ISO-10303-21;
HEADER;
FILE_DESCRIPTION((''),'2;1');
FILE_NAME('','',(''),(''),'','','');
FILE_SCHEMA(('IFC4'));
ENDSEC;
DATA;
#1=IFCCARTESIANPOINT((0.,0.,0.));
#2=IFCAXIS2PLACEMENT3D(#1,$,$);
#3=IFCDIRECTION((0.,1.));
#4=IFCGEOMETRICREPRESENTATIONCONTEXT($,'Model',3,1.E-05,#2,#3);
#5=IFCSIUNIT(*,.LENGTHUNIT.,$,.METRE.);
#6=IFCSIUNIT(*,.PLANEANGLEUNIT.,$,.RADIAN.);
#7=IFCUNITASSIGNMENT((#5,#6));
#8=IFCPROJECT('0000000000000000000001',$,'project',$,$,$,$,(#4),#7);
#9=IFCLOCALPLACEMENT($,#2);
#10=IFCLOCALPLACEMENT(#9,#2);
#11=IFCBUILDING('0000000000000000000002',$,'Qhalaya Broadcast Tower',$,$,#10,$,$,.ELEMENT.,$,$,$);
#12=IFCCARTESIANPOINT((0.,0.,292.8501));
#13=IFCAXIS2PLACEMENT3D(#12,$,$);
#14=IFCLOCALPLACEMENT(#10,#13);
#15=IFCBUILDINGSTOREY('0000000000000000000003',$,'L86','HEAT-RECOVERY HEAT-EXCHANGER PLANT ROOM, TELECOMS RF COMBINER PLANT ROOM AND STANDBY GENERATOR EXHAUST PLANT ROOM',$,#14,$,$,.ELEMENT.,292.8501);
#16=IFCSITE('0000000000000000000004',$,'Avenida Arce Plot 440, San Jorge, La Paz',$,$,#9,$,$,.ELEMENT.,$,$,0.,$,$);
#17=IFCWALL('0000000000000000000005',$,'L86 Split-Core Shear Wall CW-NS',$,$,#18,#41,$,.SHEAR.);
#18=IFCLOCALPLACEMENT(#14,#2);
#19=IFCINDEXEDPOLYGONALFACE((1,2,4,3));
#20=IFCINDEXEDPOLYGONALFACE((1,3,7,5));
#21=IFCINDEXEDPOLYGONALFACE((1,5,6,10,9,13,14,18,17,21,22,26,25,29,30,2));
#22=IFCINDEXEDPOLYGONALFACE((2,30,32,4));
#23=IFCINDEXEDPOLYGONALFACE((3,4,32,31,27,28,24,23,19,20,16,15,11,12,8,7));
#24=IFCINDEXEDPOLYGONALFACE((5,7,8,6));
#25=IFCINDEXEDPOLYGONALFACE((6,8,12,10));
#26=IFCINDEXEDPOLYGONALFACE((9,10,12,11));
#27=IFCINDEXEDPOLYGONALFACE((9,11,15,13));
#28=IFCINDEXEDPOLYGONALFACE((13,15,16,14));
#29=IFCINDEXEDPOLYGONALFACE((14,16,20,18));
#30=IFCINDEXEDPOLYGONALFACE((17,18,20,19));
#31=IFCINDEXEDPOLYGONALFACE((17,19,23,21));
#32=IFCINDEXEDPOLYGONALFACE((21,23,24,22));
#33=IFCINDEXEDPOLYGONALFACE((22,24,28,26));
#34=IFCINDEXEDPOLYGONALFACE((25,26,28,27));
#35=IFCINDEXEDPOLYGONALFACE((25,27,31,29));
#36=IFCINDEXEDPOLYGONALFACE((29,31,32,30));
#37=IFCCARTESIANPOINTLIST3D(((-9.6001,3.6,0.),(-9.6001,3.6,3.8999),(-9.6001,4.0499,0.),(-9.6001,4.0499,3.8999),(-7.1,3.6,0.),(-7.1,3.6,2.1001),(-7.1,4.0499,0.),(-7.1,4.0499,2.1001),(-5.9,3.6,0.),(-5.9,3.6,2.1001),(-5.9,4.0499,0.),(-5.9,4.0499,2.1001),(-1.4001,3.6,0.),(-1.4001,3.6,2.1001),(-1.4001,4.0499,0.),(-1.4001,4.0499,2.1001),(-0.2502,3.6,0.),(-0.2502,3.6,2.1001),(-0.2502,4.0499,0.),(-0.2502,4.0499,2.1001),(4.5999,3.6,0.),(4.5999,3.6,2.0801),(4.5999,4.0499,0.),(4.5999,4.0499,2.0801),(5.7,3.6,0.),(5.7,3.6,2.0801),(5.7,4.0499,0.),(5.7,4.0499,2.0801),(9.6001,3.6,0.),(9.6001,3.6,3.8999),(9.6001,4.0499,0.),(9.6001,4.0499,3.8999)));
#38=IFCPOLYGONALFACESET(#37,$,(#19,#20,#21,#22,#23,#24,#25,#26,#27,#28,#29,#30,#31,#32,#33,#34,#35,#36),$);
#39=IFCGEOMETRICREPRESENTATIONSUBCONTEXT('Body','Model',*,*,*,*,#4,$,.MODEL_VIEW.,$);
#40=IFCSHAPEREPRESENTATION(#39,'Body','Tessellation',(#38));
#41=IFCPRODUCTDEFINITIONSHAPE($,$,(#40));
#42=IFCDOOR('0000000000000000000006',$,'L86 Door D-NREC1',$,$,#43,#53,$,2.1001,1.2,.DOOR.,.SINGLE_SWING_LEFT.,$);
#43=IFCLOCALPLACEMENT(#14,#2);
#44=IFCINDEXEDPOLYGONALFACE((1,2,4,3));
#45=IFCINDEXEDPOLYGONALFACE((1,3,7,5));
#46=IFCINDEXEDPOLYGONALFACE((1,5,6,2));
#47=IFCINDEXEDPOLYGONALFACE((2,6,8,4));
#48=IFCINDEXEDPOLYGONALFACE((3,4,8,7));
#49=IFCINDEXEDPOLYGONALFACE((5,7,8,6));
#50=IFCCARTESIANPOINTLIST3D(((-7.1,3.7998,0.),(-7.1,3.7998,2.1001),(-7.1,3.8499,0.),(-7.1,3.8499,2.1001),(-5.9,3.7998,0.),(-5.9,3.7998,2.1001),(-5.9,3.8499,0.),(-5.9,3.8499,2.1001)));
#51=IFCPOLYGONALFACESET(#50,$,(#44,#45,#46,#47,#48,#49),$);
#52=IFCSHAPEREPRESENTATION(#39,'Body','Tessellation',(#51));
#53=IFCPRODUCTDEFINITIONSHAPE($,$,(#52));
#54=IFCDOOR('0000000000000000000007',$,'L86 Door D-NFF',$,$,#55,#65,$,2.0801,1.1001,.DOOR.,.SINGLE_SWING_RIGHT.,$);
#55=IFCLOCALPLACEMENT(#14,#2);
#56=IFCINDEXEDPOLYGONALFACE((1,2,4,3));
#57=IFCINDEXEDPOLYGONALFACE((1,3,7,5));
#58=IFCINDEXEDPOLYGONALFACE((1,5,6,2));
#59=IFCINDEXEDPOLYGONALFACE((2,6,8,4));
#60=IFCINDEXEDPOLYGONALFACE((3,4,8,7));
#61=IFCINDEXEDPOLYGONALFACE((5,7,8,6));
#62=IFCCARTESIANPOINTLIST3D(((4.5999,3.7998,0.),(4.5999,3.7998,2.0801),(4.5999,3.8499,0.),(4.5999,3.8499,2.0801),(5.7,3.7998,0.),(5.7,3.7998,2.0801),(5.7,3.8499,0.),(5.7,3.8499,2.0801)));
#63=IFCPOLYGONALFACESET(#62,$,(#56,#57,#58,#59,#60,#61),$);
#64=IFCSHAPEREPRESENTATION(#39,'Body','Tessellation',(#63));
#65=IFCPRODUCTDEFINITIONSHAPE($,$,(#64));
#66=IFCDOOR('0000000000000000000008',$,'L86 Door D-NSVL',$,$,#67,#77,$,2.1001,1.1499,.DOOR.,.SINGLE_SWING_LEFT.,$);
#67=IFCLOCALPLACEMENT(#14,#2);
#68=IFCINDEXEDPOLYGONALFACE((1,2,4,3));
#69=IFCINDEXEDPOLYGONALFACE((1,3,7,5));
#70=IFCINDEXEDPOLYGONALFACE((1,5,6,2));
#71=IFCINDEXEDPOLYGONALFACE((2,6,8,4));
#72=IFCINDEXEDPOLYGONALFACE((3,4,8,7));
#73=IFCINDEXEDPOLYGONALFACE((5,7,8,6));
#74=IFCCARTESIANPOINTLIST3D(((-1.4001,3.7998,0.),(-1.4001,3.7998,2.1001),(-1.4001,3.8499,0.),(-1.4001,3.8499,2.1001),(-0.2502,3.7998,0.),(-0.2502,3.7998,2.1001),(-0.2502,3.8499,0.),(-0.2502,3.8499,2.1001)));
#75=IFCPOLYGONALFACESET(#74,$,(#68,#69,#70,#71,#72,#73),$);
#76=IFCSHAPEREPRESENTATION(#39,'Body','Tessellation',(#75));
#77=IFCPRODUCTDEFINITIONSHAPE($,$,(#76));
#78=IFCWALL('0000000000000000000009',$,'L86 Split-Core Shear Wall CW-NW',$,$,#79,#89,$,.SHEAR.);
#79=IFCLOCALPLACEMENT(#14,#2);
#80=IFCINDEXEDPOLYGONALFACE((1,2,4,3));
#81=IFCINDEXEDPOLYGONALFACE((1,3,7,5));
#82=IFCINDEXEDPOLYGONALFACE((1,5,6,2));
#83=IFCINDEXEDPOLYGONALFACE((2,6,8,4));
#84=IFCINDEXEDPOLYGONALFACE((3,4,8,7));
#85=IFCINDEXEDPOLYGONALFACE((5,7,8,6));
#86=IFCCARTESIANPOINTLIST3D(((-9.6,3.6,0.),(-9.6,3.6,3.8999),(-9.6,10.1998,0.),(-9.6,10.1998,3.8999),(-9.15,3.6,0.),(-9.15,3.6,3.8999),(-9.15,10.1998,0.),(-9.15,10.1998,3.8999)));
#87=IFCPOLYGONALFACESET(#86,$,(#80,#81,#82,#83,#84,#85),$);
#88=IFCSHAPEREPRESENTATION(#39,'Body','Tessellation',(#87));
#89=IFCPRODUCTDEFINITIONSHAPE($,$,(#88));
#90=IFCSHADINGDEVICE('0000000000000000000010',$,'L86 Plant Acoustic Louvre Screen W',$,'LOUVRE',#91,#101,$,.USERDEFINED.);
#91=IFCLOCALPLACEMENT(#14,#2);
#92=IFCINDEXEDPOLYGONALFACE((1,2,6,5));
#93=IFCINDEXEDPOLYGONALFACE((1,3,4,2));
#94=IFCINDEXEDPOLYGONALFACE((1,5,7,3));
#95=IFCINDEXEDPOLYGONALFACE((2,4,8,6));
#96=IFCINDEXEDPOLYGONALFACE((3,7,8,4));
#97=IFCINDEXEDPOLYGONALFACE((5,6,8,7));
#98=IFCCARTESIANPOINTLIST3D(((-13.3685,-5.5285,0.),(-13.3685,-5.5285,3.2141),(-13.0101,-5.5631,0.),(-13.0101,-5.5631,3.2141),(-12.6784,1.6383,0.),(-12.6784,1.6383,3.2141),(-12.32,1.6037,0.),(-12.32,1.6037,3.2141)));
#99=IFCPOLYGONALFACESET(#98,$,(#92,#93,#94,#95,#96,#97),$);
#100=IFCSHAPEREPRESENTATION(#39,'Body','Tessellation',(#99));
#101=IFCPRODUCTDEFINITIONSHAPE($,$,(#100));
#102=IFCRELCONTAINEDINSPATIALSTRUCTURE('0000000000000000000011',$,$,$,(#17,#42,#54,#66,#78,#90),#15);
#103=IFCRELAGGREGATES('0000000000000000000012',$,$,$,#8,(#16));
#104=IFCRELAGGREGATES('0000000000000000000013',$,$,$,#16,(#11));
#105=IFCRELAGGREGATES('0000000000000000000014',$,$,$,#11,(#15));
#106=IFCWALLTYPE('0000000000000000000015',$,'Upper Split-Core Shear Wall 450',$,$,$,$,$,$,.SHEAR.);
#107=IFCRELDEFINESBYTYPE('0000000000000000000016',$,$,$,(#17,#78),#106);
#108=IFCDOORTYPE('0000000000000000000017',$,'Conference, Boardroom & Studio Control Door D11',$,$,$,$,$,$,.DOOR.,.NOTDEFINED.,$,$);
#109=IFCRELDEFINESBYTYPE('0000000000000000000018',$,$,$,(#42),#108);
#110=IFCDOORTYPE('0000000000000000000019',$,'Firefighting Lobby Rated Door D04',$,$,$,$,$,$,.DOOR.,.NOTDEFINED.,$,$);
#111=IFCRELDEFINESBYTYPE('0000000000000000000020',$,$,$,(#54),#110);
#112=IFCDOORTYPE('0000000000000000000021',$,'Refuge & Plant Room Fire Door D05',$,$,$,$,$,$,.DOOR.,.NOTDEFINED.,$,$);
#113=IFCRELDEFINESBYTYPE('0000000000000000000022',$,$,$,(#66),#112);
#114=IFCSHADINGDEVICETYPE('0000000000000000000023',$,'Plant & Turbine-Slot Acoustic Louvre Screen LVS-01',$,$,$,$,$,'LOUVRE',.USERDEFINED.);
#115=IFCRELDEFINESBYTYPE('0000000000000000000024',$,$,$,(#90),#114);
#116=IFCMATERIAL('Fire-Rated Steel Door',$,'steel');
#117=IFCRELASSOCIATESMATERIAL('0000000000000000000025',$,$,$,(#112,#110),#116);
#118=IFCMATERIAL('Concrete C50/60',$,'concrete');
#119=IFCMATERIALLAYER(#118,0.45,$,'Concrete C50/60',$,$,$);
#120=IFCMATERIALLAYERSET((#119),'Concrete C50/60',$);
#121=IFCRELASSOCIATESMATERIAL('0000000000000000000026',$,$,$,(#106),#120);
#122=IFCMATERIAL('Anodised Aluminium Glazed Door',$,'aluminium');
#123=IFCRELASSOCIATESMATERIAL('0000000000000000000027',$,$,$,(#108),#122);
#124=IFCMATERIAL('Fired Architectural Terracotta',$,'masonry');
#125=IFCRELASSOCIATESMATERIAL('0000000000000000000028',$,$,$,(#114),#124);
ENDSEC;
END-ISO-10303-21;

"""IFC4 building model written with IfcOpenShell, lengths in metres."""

from ifc_helpers import new_model, si_unit, direction, frame, frame_2d, origin, origin_2d, place, context, subcontext, project, spatial, rectangle, extrude, material, layer, layer_set, type_object, element, fill, save


model = new_model("IFC4")

# Units and contexts
model_context = context("Model", 3, precision=1e-05, world=origin(), true_north=direction((0.0, 1.0)))
body_context = subcontext(model_context, "Body", "Model", "MODEL_VIEW")
ifc_project = project(units=[si_unit("LENGTHUNIT", "METRE"), si_unit("PLANEANGLEUNIT", "RADIAN")], contexts=[model_context])

# Site, building, storey
site_placement = place(None, origin())
site = spatial("IfcSite", under=ifc_project, at=site_placement, Name="Avenida Arce Plot 440, San Jorge, La Paz", CompositionType="ELEMENT", RefElevation=0.0)
building_placement = place(site_placement, origin())
building = spatial("IfcBuilding", under=site, at=building_placement, Name="Qhalaya Broadcast Tower", CompositionType="ELEMENT")
storey_placement = place(building_placement, frame((0.0, 0.0, 292.8501)))
storey = spatial("IfcBuildingStorey", under=building, at=storey_placement, Name="L86", Description="HEAT-RECOVERY HEAT-EXCHANGER PLANT ROOM, TELECOMS RF COMBINER PLANT ROOM AND STANDBY GENERATOR EXHAUST PLANT ROOM", CompositionType="ELEMENT", Elevation=292.8501)

# Shared definitions
ifc_material_1 = material(Name="Concrete C50/60", Category="concrete")

# Shared definitions
ifc_material_2 = material(Name="Fire-Rated Steel Door", Category="steel")

# Shared definitions
door_type_1 = type_object("IfcDoorType", Name="Refuge & Plant Room Fire Door D05", OperationType="NOTDEFINED", PredefinedType="DOOR", material=ifc_material_2)

# Wall, openings, doors
ifc_layer_1 = layer(ifc_material_1, 0.45, Name="Concrete C50/60")
ifc_layer_set_1 = layer_set([ifc_layer_1], Name="Concrete C50/60")
wall_type_1 = type_object("IfcWallType", Name="Upper Split-Core Shear Wall 450", PredefinedType="SHEAR", material=ifc_layer_set_1)
wall_1_placement = place(storey_placement, frame((-9.6001, 3.825, 0.0), z_axis=(0.0, 0.0, 1.0), x_axis=(1.0, 0.0, 0.0)))
wall_1 = element("IfcWall", 1, at=wall_1_placement, inside=storey, type_object=wall_type_1, Name="L86 Split-Core Shear Wall CW-NS", PredefinedType="SHEAR", context=body_context, shape_type="SweptSolid", body=[
    extrude(rectangle(XDim=19.2002, YDim=0.45, at=frame_2d((9.6001, 0.0))), origin(), (0.0, 0.0, 1.0), 3.8999),
])
opening_1_placement = place(wall_1_placement, frame((14.2, 0.0, 0.0)))
opening_1 = element("IfcOpeningElement", 2, at=opening_1_placement, cuts=wall_1, PredefinedType="OPENING", context=body_context, shape_type="SweptSolid", body=[
    extrude(rectangle(XDim=1.1001, YDim=2.0801, at=frame_2d((0.55, 1.04))), frame((0.0, 0.2371, 0.0), z_axis=(0.0, -1.0, 0.0), x_axis=(1.0, 0.0, 0.0)), (0.0, 0.0, 1.0), 0.4739),
])
opening_2_placement = place(wall_1_placement, frame((8.2, 0.0, 0.0)))
opening_2 = element("IfcOpeningElement", 3, at=opening_2_placement, cuts=wall_1, PredefinedType="OPENING", context=body_context, shape_type="SweptSolid", body=[
    extrude(rectangle(XDim=1.1499, YDim=2.1001, at=frame_2d((0.575, 1.05))), frame((0.0, 0.2371, 0.0), z_axis=(0.0, -1.0, 0.0), x_axis=(1.0, 0.0, 0.0)), (0.0, 0.0, 1.0), 0.4739),
])
opening_3_placement = place(wall_1_placement, frame((2.5, 0.0, 0.0)))
opening_3 = element("IfcOpeningElement", 4, at=opening_3_placement, cuts=wall_1, PredefinedType="OPENING", context=body_context, shape_type="SweptSolid", body=[
    extrude(rectangle(XDim=1.2, YDim=2.1001, at=frame_2d((0.6001, 1.05))), frame((0.0, 0.2371, 0.0), z_axis=(0.0, -1.0, 0.0), x_axis=(1.0, 0.0, 0.0)), (0.0, 0.0, 1.0), 0.4739),
])
ifc_material_3 = material(Name="Anodised Aluminium Glazed Door", Category="aluminium")
door_type_2 = type_object("IfcDoorType", Name="Conference, Boardroom & Studio Control Door D11", OperationType="NOTDEFINED", PredefinedType="DOOR", material=ifc_material_3)
door_1_placement = place(opening_3_placement, origin())
door_1 = element("IfcDoor", 5, at=door_1_placement, inside=storey, type_object=door_type_2, Name="L86 Door D-NREC1", OperationType="SINGLE_SWING_LEFT", OverallHeight=2.1001, OverallWidth=1.2, PredefinedType="DOOR", context=body_context, shape_type="SweptSolid", body=[
    extrude(rectangle(XDim=1.2, YDim=2.1001, at=frame_2d((0.6001, 1.05))), frame((0.0, 0.0249, 0.0), z_axis=(0.0, -1.0, 0.0), x_axis=(1.0, 0.0, 0.0)), (0.0, 0.0, 1.0), 0.05),
])
fill(opening_3, door_1)
door_type_3 = type_object("IfcDoorType", Name="Firefighting Lobby Rated Door D04", OperationType="NOTDEFINED", PredefinedType="DOOR", material=ifc_material_2)
door_2_placement = place(opening_1_placement, origin())
door_2 = element("IfcDoor", 6, at=door_2_placement, inside=storey, type_object=door_type_3, Name="L86 Door D-NFF", OperationType="SINGLE_SWING_RIGHT", OverallHeight=2.0801, OverallWidth=1.1001, PredefinedType="DOOR", context=body_context, shape_type="SweptSolid", body=[
    extrude(rectangle(XDim=1.1001, YDim=2.0801, at=frame_2d((0.55, 1.04))), frame((0.0, 0.0249, 0.0), z_axis=(0.0, -1.0, 0.0), x_axis=(1.0, 0.0, 0.0)), (0.0, 0.0, 1.0), 0.05),
])
fill(opening_1, door_2)
door_3_placement = place(opening_2_placement, origin())
door_3 = element("IfcDoor", 7, at=door_3_placement, inside=storey, type_object=door_type_1, Name="L86 Door D-NSVL", OperationType="SINGLE_SWING_LEFT", OverallHeight=2.1001, OverallWidth=1.1499, PredefinedType="DOOR", context=body_context, shape_type="SweptSolid", body=[
    extrude(rectangle(XDim=1.1499, YDim=2.1001, at=frame_2d((0.575, 1.05))), frame((0.0, 0.0249, 0.0), z_axis=(0.0, -1.0, 0.0), x_axis=(1.0, 0.0, 0.0)), (0.0, 0.0, 1.0), 0.05),
])
fill(opening_2, door_3)

# Wall
wall_2_placement = place(storey_placement, frame((-9.375, 3.6001, 0.0), z_axis=(0.0, 0.0, 1.0), x_axis=(0.0, 1.0, 0.0)))
element("IfcWall", 8, at=wall_2_placement, inside=storey, type_object=wall_type_1, Name="L86 Split-Core Shear Wall CW-NW", PredefinedType="SHEAR", context=body_context, shape_type="SweptSolid", body=[
    extrude(rectangle(XDim=6.5999, YDim=0.45, at=frame_2d((3.2998, 0.0))), origin(), (0.0, 0.0, 1.0), 3.8999),
])

# Shading device
ifc_material_4 = material(Name="Fired Architectural Terracotta", Category="masonry")
shading_device_type = type_object("IfcShadingDeviceType", Name="Plant & Turbine-Slot Acoustic Louvre Screen LVS-01", ElementType="LOUVRE", PredefinedType="USERDEFINED", material=ifc_material_4)
shading_device_placement = place(storey_placement, frame((-12.8442, -1.9624, 0.0), z_axis=(0.0, 0.0, 1.0), x_axis=(0.095846, 0.995396, 0.0)))
element("IfcShadingDevice", 9, at=shading_device_placement, inside=storey, type_object=shading_device_type, Name="L86 Plant Acoustic Louvre Screen W", ObjectType="LOUVRE", PredefinedType="USERDEFINED", context=body_context, shape_type="SweptSolid", body=[
    extrude(rectangle(XDim=7.2, YDim=0.3601, at=origin_2d()), origin(), (0.0, 0.0, 1.0), 3.2141),
])

save(model, "model.ifc")
